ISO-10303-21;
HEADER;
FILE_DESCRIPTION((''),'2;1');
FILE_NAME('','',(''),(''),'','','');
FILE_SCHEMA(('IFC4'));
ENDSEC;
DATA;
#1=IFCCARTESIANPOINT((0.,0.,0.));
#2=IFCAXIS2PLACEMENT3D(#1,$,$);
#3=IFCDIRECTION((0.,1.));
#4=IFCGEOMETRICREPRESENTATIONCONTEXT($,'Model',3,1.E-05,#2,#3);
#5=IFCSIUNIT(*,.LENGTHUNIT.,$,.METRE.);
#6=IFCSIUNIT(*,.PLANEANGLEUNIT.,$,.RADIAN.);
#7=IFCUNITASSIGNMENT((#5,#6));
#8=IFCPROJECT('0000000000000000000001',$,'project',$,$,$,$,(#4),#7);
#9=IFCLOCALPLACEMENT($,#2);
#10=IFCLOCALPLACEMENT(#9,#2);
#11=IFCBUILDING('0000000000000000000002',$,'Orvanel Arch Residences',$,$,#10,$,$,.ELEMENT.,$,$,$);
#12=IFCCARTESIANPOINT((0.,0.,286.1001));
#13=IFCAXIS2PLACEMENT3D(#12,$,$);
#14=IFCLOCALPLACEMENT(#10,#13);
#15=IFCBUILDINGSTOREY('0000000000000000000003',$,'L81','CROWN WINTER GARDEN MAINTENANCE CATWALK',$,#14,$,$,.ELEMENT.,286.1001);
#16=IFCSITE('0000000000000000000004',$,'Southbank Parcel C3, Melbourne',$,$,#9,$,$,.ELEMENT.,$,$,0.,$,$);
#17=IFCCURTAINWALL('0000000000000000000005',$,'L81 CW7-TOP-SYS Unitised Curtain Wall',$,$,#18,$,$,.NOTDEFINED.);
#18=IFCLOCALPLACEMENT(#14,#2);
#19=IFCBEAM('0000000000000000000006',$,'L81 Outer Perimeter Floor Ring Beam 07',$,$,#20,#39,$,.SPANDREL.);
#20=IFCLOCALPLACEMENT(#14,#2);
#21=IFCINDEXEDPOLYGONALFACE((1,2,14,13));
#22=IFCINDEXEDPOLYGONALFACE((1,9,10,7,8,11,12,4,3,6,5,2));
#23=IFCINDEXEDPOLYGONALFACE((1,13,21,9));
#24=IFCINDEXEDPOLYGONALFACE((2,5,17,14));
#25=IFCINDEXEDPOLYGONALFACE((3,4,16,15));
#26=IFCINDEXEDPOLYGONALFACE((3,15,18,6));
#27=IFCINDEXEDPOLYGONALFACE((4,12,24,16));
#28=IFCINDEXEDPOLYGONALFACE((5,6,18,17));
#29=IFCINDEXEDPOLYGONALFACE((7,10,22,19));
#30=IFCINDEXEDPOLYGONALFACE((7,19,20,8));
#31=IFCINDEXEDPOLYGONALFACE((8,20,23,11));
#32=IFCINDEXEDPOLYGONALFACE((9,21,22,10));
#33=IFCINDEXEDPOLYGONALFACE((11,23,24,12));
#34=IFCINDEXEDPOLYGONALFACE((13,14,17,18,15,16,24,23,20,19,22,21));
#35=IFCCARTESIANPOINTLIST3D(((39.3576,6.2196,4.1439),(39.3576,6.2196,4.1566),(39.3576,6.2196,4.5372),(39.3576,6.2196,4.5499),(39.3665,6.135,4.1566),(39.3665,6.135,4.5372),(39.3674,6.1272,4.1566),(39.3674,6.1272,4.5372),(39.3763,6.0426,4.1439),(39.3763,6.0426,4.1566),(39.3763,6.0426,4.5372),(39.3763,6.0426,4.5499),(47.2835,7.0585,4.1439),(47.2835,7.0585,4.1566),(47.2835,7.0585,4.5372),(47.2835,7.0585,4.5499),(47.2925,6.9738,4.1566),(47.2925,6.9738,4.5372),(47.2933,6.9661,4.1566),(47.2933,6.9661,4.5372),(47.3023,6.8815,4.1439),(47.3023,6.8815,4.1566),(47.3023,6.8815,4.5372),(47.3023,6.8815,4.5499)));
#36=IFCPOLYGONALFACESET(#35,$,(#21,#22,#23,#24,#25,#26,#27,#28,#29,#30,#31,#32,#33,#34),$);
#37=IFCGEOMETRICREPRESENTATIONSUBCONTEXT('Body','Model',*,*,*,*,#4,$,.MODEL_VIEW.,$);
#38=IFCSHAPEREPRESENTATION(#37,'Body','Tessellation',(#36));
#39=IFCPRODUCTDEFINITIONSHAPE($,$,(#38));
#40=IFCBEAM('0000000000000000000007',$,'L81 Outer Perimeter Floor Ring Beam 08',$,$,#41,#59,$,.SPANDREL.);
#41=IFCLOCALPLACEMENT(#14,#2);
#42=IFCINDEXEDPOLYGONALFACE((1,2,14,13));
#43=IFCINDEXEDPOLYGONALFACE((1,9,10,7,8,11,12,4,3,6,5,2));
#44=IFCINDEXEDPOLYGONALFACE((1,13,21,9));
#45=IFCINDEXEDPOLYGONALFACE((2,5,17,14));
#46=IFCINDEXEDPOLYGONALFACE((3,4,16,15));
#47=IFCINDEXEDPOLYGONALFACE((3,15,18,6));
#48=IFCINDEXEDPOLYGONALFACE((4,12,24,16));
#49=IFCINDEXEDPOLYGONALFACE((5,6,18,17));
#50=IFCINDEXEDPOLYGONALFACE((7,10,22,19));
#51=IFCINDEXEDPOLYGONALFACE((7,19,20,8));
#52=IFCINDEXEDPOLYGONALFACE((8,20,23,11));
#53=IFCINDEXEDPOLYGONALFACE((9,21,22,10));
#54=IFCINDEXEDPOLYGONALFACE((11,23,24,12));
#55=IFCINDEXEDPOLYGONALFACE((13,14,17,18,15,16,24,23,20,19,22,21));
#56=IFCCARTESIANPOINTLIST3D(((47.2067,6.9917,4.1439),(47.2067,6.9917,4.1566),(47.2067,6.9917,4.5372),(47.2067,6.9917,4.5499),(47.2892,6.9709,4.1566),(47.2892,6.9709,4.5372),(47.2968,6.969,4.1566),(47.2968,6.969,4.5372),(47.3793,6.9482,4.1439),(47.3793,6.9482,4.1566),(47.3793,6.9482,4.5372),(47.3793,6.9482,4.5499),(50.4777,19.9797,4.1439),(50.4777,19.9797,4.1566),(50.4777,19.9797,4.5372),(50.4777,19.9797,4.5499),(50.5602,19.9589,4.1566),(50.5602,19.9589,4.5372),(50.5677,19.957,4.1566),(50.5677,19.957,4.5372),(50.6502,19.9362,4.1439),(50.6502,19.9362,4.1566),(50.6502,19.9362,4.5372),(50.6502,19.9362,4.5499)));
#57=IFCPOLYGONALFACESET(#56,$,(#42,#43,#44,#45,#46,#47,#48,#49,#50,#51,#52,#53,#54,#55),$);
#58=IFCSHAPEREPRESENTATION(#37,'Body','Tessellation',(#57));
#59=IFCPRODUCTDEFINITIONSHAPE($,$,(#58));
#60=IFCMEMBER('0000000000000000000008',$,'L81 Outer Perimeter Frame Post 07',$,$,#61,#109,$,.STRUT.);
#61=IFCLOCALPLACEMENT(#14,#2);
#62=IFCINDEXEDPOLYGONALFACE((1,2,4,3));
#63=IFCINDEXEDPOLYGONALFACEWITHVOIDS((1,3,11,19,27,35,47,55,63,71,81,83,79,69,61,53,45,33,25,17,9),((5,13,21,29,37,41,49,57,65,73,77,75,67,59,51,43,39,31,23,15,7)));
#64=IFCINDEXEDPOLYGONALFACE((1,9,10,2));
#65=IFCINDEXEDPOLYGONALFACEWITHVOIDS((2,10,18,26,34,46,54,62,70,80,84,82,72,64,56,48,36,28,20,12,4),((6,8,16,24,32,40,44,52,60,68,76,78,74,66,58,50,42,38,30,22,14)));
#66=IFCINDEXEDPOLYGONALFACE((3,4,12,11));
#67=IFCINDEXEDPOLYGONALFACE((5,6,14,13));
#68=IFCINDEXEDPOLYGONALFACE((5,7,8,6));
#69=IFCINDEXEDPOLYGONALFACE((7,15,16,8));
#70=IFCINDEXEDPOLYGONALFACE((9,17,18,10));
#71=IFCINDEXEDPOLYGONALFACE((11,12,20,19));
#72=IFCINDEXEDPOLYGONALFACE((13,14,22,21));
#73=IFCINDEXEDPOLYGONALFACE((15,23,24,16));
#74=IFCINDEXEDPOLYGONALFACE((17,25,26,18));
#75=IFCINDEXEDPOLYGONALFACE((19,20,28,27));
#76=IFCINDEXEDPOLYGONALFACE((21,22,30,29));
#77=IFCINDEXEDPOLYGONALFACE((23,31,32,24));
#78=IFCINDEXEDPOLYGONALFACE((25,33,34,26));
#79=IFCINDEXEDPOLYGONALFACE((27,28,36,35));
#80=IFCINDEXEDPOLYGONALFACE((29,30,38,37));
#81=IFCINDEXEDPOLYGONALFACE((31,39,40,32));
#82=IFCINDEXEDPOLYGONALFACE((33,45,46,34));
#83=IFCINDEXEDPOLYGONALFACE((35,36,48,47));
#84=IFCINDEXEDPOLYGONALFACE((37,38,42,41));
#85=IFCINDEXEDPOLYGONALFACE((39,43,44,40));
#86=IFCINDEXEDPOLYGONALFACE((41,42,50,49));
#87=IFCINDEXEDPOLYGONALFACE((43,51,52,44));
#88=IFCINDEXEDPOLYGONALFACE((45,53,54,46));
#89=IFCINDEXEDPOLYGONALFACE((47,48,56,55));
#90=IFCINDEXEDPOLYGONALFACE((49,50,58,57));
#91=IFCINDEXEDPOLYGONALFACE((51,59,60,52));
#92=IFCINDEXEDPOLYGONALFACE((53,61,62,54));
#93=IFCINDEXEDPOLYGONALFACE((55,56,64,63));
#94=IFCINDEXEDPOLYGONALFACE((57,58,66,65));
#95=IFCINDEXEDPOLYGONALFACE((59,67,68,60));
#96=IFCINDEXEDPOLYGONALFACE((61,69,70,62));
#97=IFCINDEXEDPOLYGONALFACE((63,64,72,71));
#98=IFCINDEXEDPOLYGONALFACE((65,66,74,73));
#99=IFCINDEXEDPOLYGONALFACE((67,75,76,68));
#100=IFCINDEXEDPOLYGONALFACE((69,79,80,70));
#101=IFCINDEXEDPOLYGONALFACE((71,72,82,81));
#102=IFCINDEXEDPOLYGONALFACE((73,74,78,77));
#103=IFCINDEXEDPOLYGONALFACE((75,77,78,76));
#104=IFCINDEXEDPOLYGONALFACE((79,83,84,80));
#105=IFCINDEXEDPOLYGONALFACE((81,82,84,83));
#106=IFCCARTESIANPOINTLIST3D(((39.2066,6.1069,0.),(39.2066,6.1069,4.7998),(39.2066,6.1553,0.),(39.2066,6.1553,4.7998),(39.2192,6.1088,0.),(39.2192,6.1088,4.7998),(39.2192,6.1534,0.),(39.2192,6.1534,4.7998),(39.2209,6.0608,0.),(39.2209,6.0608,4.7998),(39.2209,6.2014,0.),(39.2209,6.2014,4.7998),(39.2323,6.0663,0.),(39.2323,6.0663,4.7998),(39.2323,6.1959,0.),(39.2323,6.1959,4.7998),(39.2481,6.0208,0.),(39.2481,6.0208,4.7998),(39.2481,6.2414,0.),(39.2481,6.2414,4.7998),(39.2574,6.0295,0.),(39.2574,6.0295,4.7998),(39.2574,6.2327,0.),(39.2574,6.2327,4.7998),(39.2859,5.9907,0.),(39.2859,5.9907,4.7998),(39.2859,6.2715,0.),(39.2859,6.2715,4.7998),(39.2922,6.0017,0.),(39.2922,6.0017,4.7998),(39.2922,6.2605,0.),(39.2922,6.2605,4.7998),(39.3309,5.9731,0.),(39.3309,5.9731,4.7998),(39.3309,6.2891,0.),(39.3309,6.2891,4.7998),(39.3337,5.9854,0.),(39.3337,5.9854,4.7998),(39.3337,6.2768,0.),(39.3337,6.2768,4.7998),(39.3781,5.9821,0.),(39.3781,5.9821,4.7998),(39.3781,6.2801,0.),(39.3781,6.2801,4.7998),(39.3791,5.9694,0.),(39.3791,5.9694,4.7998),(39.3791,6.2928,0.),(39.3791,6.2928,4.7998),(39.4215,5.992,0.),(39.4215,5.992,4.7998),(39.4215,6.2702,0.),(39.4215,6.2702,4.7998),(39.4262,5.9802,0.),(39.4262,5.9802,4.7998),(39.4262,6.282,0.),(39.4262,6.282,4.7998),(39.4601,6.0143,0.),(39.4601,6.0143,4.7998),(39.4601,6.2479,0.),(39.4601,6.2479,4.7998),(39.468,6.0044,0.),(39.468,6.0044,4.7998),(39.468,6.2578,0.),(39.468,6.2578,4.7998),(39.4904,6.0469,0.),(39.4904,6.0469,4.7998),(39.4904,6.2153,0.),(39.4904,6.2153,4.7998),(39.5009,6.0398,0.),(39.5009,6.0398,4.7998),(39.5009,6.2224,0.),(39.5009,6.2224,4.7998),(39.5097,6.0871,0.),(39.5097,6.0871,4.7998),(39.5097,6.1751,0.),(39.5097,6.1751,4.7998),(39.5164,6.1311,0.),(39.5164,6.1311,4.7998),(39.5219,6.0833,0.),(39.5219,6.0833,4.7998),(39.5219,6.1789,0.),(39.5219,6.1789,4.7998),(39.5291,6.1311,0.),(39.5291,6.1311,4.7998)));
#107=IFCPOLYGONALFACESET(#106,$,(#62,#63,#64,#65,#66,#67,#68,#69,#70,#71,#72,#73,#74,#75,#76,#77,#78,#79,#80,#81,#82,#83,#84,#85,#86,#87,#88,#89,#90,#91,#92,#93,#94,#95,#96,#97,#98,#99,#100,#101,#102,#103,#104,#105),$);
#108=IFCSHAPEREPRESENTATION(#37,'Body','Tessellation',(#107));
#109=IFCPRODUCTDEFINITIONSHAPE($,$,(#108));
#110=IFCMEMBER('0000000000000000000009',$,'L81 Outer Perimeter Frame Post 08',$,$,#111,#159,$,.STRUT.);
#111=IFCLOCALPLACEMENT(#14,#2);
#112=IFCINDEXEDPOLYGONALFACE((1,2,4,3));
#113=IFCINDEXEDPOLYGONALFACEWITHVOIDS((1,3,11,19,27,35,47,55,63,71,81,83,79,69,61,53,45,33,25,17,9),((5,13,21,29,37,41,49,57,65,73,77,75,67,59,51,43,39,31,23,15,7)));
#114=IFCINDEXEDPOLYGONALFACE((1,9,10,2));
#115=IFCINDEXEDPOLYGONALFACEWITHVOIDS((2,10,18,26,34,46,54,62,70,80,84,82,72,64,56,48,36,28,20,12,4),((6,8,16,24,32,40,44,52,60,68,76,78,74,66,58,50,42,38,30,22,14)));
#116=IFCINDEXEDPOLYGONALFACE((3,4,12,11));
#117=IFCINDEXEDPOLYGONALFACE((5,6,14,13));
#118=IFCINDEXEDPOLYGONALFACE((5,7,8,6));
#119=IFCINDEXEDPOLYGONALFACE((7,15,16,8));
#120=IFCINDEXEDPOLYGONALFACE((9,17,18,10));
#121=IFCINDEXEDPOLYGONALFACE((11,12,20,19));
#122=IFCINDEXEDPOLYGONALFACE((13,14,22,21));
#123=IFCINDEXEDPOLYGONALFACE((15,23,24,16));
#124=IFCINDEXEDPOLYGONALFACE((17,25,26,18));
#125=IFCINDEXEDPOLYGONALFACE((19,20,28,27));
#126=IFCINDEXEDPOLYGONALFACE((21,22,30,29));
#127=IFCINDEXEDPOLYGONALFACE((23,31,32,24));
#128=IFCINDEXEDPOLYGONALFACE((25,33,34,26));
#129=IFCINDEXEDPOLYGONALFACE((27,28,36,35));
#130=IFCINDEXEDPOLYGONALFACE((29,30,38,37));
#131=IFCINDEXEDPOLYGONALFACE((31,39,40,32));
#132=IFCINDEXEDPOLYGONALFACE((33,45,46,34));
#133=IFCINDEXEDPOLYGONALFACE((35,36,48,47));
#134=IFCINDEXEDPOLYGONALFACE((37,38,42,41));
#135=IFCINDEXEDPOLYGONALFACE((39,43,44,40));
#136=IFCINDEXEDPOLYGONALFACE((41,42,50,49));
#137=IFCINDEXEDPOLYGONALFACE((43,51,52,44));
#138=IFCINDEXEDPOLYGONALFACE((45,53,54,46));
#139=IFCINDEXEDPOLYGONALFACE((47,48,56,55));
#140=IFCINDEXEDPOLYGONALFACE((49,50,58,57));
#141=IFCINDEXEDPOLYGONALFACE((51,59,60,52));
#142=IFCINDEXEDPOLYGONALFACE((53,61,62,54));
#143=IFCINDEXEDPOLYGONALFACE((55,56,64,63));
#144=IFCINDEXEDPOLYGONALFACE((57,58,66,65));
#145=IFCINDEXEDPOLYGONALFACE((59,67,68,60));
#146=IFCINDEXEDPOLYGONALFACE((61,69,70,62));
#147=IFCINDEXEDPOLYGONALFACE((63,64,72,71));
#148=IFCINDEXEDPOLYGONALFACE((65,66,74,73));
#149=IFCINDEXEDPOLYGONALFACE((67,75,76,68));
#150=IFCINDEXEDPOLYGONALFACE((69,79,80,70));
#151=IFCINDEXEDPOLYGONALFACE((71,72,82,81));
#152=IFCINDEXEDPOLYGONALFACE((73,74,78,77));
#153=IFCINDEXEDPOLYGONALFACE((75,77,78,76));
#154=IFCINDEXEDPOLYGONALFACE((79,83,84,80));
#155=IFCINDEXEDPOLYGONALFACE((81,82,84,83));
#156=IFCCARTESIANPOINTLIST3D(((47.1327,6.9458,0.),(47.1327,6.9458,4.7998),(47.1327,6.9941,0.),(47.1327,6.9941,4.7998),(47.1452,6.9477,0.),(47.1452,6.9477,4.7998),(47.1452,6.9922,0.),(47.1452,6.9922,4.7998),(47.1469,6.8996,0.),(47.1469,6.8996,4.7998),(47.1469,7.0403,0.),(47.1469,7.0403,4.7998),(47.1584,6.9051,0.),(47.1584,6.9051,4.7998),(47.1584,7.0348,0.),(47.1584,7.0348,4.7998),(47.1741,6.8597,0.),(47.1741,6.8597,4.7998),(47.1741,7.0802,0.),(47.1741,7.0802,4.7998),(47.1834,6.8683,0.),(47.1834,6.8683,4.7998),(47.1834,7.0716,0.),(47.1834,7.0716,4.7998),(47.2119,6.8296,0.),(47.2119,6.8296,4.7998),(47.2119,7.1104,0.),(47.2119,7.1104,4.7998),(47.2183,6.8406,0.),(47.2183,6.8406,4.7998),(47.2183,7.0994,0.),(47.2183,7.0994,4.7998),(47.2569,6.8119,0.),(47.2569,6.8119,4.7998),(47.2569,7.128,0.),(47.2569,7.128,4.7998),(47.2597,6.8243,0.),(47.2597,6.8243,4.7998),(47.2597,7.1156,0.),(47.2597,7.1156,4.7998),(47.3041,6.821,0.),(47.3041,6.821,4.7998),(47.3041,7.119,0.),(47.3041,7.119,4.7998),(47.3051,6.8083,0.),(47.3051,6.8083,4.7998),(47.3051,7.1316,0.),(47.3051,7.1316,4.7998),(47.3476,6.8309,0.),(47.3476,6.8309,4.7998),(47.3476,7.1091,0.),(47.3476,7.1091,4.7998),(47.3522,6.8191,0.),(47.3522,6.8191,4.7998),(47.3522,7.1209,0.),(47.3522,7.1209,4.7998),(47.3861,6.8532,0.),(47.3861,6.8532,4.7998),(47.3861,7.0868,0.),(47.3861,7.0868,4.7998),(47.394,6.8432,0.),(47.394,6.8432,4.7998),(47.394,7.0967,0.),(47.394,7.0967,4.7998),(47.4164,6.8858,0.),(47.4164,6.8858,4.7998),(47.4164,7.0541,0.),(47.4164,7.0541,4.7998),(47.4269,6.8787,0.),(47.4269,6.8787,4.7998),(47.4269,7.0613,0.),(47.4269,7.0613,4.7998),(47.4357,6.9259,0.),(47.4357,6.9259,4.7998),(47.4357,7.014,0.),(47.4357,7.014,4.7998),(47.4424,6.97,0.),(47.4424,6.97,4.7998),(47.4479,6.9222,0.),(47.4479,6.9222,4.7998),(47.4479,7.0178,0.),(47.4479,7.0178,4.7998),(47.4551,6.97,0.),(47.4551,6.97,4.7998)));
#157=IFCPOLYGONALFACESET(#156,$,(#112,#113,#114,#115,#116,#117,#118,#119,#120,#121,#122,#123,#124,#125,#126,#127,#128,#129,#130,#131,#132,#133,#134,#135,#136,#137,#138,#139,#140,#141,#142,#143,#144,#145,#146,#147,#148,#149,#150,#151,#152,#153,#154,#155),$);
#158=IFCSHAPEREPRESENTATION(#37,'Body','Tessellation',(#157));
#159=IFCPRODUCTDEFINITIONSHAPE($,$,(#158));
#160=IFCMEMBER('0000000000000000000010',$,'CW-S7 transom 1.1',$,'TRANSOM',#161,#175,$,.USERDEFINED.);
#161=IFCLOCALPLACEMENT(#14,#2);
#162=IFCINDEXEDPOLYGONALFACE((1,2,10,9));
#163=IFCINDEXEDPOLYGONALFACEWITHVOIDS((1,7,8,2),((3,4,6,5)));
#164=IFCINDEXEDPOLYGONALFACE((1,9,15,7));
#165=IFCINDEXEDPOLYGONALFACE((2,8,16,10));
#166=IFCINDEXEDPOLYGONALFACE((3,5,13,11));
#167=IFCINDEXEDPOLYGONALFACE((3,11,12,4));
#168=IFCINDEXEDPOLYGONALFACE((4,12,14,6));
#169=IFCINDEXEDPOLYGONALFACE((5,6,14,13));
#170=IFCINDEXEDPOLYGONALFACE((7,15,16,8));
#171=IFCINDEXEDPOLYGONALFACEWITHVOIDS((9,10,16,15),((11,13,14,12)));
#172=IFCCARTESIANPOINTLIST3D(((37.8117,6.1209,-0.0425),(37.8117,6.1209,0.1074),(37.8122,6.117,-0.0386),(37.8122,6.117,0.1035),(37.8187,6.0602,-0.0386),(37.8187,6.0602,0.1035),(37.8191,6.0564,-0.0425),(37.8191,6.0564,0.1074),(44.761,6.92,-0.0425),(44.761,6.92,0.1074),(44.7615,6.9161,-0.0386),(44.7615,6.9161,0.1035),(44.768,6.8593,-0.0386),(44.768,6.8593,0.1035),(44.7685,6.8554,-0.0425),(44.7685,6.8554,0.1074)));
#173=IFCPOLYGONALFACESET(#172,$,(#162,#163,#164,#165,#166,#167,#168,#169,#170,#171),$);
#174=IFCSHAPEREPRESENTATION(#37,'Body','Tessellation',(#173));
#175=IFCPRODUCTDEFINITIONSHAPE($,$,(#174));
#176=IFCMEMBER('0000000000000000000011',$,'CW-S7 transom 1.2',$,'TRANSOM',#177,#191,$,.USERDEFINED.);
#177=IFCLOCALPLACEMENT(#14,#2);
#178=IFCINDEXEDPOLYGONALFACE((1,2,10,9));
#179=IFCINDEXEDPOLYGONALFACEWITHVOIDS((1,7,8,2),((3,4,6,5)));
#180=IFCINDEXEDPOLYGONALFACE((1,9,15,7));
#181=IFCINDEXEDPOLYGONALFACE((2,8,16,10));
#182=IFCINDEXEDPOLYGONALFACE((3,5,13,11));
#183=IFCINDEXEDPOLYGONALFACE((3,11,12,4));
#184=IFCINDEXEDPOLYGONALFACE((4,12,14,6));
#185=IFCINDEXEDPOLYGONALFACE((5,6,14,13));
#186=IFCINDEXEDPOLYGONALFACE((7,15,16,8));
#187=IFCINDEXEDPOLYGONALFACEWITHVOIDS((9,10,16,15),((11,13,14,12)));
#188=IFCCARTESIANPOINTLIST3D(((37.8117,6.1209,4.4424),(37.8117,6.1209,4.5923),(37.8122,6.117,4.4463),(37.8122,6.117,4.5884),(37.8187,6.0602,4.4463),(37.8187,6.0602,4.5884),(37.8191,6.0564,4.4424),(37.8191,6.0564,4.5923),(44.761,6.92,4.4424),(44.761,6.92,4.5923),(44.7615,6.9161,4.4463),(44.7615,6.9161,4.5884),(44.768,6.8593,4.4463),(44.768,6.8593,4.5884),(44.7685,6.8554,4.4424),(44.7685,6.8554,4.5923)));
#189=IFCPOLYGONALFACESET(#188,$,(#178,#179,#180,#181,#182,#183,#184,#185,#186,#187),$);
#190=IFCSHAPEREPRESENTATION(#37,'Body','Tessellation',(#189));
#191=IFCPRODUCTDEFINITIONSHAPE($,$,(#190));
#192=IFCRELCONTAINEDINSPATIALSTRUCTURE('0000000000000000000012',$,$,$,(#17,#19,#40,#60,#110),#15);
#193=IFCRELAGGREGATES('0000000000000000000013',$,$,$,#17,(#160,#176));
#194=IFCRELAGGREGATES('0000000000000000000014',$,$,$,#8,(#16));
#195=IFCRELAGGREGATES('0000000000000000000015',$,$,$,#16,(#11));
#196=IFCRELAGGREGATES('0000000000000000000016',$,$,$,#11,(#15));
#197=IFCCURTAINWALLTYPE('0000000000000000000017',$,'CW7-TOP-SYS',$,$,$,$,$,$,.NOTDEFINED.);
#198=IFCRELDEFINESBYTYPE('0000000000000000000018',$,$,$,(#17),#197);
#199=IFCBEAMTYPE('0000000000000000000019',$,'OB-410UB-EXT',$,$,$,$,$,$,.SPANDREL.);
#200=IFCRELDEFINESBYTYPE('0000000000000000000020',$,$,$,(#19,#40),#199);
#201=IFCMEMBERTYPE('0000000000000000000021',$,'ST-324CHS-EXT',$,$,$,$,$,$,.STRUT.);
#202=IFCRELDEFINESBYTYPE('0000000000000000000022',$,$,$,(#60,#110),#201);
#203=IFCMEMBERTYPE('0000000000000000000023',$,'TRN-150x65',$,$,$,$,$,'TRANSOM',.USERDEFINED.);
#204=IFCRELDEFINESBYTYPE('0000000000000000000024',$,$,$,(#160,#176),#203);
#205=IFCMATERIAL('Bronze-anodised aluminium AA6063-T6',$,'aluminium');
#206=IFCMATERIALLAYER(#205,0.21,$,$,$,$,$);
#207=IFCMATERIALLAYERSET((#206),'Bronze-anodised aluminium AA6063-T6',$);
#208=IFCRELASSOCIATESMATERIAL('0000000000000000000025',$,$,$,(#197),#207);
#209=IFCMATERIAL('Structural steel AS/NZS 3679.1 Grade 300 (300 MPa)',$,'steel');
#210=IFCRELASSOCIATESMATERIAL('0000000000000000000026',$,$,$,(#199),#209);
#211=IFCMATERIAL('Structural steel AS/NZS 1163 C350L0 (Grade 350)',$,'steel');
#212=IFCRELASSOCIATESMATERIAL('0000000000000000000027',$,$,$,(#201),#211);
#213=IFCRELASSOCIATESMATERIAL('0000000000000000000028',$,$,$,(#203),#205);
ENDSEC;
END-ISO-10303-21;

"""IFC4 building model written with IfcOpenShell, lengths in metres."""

from ifc_helpers import new_model, si_unit, direction, frame, origin, origin_2d, place, context, subcontext, project, spatial, hollow_rectangle, hollow_circle, i_section, extrude, material, layer, layer_set, material_profile, profile_set, type_object, element, aggregate, save


model = new_model("IFC4")

# Units and contexts
model_context = context("Model", 3, precision=1e-05, world=origin(), true_north=direction((0.0, 1.0)))
body_context = subcontext(model_context, "Body", "Model", "MODEL_VIEW")
ifc_project = project(units=[si_unit("LENGTHUNIT", "METRE"), si_unit("PLANEANGLEUNIT", "RADIAN")], contexts=[model_context])

# Site, building, storey
site_placement = place(None, origin())
site = spatial("IfcSite", under=ifc_project, at=site_placement, Name="Southbank Parcel C3, Melbourne", CompositionType="ELEMENT", RefElevation=0.0)
building_placement = place(site_placement, origin())
building = spatial("IfcBuilding", under=site, at=building_placement, Name="Orvanel Arch Residences", CompositionType="ELEMENT")
storey_placement = place(building_placement, frame((0.0, 0.0, 286.1001)))
storey = spatial("IfcBuildingStorey", under=building, at=storey_placement, Name="L81", Description="CROWN WINTER GARDEN MAINTENANCE CATWALK", CompositionType="ELEMENT", Elevation=286.1001)

# Shared definitions
ifc_material_1 = material(Name="Structural steel AS/NZS 1163 C350L0 (Grade 350)", Category="steel")

# Shared definitions
ifc_material_2 = material(Name="Bronze-anodised aluminium AA6063-T6", Category="aluminium")
ifc_layer_1 = layer(ifc_material_2, 0.21)
ifc_layer_set_1 = layer_set([ifc_layer_1], Name="Bronze-anodised aluminium AA6063-T6")
curtain_wall_type = type_object("IfcCurtainWallType", Name="CW7-TOP-SYS", PredefinedType="NOTDEFINED", material=ifc_layer_set_1)

# Curtain wall
curtain_wall_1_placement = place(storey_placement, origin())
curtain_wall_1 = element("IfcCurtainWall", 1, at=curtain_wall_1_placement, inside=storey, type_object=curtain_wall_type, Name="L81 CW7-TOP-SYS Unitised Curtain Wall", PredefinedType="NOTDEFINED")

# Beams
ifc_material_3 = material(Name="Structural steel AS/NZS 3679.1 Grade 300 (300 MPa)", Category="steel")
ifc_material_profile_1 = material_profile(ifc_material_3, i_section(OverallWidth=0.178, OverallDepth=0.406, WebThickness=0.0078, FlangeThickness=0.0127, at=origin_2d()), Name="410UB59.7")
ifc_profile_set_1 = profile_set([ifc_material_profile_1], Name="Structural steel AS/NZS 3679.1 Grade 300 (300 MPa)")
beam_type_1 = type_object("IfcBeamType", Name="OB-410UB-EXT", PredefinedType="SPANDREL", material=ifc_profile_set_1)
beam_1_placement = place(storey_placement, frame((39.3669, 6.1311, 4.3469), z_axis=(0.994446, 0.105249, 0.0), x_axis=(-0.105249, 0.994446, 0.0)))
element("IfcBeam", 2, at=beam_1_placement, inside=storey, type_object=beam_type_1, Name="L81 Outer Perimeter Floor Ring Beam 07", PredefinedType="SPANDREL", context=body_context, shape_type="SweptSolid", body=[
    extrude(i_section(OverallWidth=0.178, OverallDepth=0.406, WebThickness=0.0078, FlangeThickness=0.0127, at=origin_2d()), origin(), (0.0, 0.0, 1.0), 7.9702),
])
beam_2_placement = place(storey_placement, frame((47.293, 6.97, 4.3469), z_axis=(0.244221, 0.96972, 0.0), x_axis=(-0.96972, 0.244221, 0.0)))
element("IfcBeam", 3, at=beam_2_placement, inside=storey, type_object=beam_type_1, Name="L81 Outer Perimeter Floor Ring Beam 08", PredefinedType="SPANDREL", context=body_context, shape_type="SweptSolid", body=[
    extrude(i_section(OverallWidth=0.178, OverallDepth=0.406, WebThickness=0.0078, FlangeThickness=0.0127, at=origin_2d()), origin(), (0.0, 0.0, 1.0), 13.3936),
])

# Members
ifc_material_profile_2 = material_profile(ifc_material_1, hollow_circle(Radius=0.1621, WallThickness=0.0127, at=origin_2d()), Name="CHS324x12.7")
ifc_profile_set_2 = profile_set([ifc_material_profile_2], Name="Structural steel AS/NZS 1163 C350L0 (Grade 350)")
member_type_1 = type_object("IfcMemberType", Name="ST-324CHS-EXT", PredefinedType="STRUT", material=ifc_profile_set_2)
for number, where, z_axis, x_axis, name in (
    (4, (39.3669, 6.1311, 0.0), (0.0, 0.0, 1.0), (1.0, 0.0, 0.0), "L81 Outer Perimeter Frame Post 07"),
    (5, (47.293, 6.97, 0.0), (0.0, 0.0, 1.0), (1.0, 0.0, 0.0), "L81 Outer Perimeter Frame Post 08"),
):
    element("IfcMember", number, at=place(storey_placement, frame(where, z_axis=z_axis, x_axis=x_axis)), inside=storey, type_object=member_type_1, Name=name, PredefinedType="STRUT", context=body_context, shape_type="SweptSolid", body=[
        extrude(hollow_circle(Radius=0.1621, WallThickness=0.0127, at=origin_2d()), origin(), (0.0, 0.0, 1.0), 4.7998),
    ])

# Members
ifc_material_profile_3 = material_profile(ifc_material_2, hollow_rectangle(XDim=0.0649, YDim=0.1499, WallThickness=0.0039, at=origin_2d()), Name="ALU150x65x4")
ifc_profile_set_3 = profile_set([ifc_material_profile_3], Name="Bronze-anodised aluminium AA6063-T6")
member_type_2 = type_object("IfcMemberType", Name="TRN-150x65", ElementType="TRANSOM", PredefinedType="USERDEFINED", material=ifc_profile_set_3)
member_1_placement = place(storey_placement, frame((37.8154, 6.0886, 0.0325), z_axis=(0.993454, 0.114235, 0.0), x_axis=(-0.114235, 0.993454, 0.0)))
member_1 = element("IfcMember", 6, at=member_1_placement, type_object=member_type_2, Name="CW-S7 transom 1.1", ObjectType="TRANSOM", PredefinedType="USERDEFINED", context=body_context, shape_type="SweptSolid", body=[
    extrude(hollow_rectangle(XDim=0.0649, YDim=0.1499, WallThickness=0.0039, at=origin_2d()), origin(), (0.0, 0.0, 1.0), 6.9951),
])
member_2_placement = place(storey_placement, frame((37.8154, 6.0886, 4.5173), z_axis=(0.993454, 0.114235, 0.0), x_axis=(-0.114235, 0.993454, 0.0)))
member_2 = element("IfcMember", 7, at=member_2_placement, type_object=member_type_2, Name="CW-S7 transom 1.2", ObjectType="TRANSOM", PredefinedType="USERDEFINED", context=body_context, shape_type="SweptSolid", body=[
    extrude(hollow_rectangle(XDim=0.0649, YDim=0.1499, WallThickness=0.0039, at=origin_2d()), origin(), (0.0, 0.0, 1.0), 6.9951),
])

aggregate(curtain_wall_1, [member_1, member_2])

save(model, "model.ifc")
